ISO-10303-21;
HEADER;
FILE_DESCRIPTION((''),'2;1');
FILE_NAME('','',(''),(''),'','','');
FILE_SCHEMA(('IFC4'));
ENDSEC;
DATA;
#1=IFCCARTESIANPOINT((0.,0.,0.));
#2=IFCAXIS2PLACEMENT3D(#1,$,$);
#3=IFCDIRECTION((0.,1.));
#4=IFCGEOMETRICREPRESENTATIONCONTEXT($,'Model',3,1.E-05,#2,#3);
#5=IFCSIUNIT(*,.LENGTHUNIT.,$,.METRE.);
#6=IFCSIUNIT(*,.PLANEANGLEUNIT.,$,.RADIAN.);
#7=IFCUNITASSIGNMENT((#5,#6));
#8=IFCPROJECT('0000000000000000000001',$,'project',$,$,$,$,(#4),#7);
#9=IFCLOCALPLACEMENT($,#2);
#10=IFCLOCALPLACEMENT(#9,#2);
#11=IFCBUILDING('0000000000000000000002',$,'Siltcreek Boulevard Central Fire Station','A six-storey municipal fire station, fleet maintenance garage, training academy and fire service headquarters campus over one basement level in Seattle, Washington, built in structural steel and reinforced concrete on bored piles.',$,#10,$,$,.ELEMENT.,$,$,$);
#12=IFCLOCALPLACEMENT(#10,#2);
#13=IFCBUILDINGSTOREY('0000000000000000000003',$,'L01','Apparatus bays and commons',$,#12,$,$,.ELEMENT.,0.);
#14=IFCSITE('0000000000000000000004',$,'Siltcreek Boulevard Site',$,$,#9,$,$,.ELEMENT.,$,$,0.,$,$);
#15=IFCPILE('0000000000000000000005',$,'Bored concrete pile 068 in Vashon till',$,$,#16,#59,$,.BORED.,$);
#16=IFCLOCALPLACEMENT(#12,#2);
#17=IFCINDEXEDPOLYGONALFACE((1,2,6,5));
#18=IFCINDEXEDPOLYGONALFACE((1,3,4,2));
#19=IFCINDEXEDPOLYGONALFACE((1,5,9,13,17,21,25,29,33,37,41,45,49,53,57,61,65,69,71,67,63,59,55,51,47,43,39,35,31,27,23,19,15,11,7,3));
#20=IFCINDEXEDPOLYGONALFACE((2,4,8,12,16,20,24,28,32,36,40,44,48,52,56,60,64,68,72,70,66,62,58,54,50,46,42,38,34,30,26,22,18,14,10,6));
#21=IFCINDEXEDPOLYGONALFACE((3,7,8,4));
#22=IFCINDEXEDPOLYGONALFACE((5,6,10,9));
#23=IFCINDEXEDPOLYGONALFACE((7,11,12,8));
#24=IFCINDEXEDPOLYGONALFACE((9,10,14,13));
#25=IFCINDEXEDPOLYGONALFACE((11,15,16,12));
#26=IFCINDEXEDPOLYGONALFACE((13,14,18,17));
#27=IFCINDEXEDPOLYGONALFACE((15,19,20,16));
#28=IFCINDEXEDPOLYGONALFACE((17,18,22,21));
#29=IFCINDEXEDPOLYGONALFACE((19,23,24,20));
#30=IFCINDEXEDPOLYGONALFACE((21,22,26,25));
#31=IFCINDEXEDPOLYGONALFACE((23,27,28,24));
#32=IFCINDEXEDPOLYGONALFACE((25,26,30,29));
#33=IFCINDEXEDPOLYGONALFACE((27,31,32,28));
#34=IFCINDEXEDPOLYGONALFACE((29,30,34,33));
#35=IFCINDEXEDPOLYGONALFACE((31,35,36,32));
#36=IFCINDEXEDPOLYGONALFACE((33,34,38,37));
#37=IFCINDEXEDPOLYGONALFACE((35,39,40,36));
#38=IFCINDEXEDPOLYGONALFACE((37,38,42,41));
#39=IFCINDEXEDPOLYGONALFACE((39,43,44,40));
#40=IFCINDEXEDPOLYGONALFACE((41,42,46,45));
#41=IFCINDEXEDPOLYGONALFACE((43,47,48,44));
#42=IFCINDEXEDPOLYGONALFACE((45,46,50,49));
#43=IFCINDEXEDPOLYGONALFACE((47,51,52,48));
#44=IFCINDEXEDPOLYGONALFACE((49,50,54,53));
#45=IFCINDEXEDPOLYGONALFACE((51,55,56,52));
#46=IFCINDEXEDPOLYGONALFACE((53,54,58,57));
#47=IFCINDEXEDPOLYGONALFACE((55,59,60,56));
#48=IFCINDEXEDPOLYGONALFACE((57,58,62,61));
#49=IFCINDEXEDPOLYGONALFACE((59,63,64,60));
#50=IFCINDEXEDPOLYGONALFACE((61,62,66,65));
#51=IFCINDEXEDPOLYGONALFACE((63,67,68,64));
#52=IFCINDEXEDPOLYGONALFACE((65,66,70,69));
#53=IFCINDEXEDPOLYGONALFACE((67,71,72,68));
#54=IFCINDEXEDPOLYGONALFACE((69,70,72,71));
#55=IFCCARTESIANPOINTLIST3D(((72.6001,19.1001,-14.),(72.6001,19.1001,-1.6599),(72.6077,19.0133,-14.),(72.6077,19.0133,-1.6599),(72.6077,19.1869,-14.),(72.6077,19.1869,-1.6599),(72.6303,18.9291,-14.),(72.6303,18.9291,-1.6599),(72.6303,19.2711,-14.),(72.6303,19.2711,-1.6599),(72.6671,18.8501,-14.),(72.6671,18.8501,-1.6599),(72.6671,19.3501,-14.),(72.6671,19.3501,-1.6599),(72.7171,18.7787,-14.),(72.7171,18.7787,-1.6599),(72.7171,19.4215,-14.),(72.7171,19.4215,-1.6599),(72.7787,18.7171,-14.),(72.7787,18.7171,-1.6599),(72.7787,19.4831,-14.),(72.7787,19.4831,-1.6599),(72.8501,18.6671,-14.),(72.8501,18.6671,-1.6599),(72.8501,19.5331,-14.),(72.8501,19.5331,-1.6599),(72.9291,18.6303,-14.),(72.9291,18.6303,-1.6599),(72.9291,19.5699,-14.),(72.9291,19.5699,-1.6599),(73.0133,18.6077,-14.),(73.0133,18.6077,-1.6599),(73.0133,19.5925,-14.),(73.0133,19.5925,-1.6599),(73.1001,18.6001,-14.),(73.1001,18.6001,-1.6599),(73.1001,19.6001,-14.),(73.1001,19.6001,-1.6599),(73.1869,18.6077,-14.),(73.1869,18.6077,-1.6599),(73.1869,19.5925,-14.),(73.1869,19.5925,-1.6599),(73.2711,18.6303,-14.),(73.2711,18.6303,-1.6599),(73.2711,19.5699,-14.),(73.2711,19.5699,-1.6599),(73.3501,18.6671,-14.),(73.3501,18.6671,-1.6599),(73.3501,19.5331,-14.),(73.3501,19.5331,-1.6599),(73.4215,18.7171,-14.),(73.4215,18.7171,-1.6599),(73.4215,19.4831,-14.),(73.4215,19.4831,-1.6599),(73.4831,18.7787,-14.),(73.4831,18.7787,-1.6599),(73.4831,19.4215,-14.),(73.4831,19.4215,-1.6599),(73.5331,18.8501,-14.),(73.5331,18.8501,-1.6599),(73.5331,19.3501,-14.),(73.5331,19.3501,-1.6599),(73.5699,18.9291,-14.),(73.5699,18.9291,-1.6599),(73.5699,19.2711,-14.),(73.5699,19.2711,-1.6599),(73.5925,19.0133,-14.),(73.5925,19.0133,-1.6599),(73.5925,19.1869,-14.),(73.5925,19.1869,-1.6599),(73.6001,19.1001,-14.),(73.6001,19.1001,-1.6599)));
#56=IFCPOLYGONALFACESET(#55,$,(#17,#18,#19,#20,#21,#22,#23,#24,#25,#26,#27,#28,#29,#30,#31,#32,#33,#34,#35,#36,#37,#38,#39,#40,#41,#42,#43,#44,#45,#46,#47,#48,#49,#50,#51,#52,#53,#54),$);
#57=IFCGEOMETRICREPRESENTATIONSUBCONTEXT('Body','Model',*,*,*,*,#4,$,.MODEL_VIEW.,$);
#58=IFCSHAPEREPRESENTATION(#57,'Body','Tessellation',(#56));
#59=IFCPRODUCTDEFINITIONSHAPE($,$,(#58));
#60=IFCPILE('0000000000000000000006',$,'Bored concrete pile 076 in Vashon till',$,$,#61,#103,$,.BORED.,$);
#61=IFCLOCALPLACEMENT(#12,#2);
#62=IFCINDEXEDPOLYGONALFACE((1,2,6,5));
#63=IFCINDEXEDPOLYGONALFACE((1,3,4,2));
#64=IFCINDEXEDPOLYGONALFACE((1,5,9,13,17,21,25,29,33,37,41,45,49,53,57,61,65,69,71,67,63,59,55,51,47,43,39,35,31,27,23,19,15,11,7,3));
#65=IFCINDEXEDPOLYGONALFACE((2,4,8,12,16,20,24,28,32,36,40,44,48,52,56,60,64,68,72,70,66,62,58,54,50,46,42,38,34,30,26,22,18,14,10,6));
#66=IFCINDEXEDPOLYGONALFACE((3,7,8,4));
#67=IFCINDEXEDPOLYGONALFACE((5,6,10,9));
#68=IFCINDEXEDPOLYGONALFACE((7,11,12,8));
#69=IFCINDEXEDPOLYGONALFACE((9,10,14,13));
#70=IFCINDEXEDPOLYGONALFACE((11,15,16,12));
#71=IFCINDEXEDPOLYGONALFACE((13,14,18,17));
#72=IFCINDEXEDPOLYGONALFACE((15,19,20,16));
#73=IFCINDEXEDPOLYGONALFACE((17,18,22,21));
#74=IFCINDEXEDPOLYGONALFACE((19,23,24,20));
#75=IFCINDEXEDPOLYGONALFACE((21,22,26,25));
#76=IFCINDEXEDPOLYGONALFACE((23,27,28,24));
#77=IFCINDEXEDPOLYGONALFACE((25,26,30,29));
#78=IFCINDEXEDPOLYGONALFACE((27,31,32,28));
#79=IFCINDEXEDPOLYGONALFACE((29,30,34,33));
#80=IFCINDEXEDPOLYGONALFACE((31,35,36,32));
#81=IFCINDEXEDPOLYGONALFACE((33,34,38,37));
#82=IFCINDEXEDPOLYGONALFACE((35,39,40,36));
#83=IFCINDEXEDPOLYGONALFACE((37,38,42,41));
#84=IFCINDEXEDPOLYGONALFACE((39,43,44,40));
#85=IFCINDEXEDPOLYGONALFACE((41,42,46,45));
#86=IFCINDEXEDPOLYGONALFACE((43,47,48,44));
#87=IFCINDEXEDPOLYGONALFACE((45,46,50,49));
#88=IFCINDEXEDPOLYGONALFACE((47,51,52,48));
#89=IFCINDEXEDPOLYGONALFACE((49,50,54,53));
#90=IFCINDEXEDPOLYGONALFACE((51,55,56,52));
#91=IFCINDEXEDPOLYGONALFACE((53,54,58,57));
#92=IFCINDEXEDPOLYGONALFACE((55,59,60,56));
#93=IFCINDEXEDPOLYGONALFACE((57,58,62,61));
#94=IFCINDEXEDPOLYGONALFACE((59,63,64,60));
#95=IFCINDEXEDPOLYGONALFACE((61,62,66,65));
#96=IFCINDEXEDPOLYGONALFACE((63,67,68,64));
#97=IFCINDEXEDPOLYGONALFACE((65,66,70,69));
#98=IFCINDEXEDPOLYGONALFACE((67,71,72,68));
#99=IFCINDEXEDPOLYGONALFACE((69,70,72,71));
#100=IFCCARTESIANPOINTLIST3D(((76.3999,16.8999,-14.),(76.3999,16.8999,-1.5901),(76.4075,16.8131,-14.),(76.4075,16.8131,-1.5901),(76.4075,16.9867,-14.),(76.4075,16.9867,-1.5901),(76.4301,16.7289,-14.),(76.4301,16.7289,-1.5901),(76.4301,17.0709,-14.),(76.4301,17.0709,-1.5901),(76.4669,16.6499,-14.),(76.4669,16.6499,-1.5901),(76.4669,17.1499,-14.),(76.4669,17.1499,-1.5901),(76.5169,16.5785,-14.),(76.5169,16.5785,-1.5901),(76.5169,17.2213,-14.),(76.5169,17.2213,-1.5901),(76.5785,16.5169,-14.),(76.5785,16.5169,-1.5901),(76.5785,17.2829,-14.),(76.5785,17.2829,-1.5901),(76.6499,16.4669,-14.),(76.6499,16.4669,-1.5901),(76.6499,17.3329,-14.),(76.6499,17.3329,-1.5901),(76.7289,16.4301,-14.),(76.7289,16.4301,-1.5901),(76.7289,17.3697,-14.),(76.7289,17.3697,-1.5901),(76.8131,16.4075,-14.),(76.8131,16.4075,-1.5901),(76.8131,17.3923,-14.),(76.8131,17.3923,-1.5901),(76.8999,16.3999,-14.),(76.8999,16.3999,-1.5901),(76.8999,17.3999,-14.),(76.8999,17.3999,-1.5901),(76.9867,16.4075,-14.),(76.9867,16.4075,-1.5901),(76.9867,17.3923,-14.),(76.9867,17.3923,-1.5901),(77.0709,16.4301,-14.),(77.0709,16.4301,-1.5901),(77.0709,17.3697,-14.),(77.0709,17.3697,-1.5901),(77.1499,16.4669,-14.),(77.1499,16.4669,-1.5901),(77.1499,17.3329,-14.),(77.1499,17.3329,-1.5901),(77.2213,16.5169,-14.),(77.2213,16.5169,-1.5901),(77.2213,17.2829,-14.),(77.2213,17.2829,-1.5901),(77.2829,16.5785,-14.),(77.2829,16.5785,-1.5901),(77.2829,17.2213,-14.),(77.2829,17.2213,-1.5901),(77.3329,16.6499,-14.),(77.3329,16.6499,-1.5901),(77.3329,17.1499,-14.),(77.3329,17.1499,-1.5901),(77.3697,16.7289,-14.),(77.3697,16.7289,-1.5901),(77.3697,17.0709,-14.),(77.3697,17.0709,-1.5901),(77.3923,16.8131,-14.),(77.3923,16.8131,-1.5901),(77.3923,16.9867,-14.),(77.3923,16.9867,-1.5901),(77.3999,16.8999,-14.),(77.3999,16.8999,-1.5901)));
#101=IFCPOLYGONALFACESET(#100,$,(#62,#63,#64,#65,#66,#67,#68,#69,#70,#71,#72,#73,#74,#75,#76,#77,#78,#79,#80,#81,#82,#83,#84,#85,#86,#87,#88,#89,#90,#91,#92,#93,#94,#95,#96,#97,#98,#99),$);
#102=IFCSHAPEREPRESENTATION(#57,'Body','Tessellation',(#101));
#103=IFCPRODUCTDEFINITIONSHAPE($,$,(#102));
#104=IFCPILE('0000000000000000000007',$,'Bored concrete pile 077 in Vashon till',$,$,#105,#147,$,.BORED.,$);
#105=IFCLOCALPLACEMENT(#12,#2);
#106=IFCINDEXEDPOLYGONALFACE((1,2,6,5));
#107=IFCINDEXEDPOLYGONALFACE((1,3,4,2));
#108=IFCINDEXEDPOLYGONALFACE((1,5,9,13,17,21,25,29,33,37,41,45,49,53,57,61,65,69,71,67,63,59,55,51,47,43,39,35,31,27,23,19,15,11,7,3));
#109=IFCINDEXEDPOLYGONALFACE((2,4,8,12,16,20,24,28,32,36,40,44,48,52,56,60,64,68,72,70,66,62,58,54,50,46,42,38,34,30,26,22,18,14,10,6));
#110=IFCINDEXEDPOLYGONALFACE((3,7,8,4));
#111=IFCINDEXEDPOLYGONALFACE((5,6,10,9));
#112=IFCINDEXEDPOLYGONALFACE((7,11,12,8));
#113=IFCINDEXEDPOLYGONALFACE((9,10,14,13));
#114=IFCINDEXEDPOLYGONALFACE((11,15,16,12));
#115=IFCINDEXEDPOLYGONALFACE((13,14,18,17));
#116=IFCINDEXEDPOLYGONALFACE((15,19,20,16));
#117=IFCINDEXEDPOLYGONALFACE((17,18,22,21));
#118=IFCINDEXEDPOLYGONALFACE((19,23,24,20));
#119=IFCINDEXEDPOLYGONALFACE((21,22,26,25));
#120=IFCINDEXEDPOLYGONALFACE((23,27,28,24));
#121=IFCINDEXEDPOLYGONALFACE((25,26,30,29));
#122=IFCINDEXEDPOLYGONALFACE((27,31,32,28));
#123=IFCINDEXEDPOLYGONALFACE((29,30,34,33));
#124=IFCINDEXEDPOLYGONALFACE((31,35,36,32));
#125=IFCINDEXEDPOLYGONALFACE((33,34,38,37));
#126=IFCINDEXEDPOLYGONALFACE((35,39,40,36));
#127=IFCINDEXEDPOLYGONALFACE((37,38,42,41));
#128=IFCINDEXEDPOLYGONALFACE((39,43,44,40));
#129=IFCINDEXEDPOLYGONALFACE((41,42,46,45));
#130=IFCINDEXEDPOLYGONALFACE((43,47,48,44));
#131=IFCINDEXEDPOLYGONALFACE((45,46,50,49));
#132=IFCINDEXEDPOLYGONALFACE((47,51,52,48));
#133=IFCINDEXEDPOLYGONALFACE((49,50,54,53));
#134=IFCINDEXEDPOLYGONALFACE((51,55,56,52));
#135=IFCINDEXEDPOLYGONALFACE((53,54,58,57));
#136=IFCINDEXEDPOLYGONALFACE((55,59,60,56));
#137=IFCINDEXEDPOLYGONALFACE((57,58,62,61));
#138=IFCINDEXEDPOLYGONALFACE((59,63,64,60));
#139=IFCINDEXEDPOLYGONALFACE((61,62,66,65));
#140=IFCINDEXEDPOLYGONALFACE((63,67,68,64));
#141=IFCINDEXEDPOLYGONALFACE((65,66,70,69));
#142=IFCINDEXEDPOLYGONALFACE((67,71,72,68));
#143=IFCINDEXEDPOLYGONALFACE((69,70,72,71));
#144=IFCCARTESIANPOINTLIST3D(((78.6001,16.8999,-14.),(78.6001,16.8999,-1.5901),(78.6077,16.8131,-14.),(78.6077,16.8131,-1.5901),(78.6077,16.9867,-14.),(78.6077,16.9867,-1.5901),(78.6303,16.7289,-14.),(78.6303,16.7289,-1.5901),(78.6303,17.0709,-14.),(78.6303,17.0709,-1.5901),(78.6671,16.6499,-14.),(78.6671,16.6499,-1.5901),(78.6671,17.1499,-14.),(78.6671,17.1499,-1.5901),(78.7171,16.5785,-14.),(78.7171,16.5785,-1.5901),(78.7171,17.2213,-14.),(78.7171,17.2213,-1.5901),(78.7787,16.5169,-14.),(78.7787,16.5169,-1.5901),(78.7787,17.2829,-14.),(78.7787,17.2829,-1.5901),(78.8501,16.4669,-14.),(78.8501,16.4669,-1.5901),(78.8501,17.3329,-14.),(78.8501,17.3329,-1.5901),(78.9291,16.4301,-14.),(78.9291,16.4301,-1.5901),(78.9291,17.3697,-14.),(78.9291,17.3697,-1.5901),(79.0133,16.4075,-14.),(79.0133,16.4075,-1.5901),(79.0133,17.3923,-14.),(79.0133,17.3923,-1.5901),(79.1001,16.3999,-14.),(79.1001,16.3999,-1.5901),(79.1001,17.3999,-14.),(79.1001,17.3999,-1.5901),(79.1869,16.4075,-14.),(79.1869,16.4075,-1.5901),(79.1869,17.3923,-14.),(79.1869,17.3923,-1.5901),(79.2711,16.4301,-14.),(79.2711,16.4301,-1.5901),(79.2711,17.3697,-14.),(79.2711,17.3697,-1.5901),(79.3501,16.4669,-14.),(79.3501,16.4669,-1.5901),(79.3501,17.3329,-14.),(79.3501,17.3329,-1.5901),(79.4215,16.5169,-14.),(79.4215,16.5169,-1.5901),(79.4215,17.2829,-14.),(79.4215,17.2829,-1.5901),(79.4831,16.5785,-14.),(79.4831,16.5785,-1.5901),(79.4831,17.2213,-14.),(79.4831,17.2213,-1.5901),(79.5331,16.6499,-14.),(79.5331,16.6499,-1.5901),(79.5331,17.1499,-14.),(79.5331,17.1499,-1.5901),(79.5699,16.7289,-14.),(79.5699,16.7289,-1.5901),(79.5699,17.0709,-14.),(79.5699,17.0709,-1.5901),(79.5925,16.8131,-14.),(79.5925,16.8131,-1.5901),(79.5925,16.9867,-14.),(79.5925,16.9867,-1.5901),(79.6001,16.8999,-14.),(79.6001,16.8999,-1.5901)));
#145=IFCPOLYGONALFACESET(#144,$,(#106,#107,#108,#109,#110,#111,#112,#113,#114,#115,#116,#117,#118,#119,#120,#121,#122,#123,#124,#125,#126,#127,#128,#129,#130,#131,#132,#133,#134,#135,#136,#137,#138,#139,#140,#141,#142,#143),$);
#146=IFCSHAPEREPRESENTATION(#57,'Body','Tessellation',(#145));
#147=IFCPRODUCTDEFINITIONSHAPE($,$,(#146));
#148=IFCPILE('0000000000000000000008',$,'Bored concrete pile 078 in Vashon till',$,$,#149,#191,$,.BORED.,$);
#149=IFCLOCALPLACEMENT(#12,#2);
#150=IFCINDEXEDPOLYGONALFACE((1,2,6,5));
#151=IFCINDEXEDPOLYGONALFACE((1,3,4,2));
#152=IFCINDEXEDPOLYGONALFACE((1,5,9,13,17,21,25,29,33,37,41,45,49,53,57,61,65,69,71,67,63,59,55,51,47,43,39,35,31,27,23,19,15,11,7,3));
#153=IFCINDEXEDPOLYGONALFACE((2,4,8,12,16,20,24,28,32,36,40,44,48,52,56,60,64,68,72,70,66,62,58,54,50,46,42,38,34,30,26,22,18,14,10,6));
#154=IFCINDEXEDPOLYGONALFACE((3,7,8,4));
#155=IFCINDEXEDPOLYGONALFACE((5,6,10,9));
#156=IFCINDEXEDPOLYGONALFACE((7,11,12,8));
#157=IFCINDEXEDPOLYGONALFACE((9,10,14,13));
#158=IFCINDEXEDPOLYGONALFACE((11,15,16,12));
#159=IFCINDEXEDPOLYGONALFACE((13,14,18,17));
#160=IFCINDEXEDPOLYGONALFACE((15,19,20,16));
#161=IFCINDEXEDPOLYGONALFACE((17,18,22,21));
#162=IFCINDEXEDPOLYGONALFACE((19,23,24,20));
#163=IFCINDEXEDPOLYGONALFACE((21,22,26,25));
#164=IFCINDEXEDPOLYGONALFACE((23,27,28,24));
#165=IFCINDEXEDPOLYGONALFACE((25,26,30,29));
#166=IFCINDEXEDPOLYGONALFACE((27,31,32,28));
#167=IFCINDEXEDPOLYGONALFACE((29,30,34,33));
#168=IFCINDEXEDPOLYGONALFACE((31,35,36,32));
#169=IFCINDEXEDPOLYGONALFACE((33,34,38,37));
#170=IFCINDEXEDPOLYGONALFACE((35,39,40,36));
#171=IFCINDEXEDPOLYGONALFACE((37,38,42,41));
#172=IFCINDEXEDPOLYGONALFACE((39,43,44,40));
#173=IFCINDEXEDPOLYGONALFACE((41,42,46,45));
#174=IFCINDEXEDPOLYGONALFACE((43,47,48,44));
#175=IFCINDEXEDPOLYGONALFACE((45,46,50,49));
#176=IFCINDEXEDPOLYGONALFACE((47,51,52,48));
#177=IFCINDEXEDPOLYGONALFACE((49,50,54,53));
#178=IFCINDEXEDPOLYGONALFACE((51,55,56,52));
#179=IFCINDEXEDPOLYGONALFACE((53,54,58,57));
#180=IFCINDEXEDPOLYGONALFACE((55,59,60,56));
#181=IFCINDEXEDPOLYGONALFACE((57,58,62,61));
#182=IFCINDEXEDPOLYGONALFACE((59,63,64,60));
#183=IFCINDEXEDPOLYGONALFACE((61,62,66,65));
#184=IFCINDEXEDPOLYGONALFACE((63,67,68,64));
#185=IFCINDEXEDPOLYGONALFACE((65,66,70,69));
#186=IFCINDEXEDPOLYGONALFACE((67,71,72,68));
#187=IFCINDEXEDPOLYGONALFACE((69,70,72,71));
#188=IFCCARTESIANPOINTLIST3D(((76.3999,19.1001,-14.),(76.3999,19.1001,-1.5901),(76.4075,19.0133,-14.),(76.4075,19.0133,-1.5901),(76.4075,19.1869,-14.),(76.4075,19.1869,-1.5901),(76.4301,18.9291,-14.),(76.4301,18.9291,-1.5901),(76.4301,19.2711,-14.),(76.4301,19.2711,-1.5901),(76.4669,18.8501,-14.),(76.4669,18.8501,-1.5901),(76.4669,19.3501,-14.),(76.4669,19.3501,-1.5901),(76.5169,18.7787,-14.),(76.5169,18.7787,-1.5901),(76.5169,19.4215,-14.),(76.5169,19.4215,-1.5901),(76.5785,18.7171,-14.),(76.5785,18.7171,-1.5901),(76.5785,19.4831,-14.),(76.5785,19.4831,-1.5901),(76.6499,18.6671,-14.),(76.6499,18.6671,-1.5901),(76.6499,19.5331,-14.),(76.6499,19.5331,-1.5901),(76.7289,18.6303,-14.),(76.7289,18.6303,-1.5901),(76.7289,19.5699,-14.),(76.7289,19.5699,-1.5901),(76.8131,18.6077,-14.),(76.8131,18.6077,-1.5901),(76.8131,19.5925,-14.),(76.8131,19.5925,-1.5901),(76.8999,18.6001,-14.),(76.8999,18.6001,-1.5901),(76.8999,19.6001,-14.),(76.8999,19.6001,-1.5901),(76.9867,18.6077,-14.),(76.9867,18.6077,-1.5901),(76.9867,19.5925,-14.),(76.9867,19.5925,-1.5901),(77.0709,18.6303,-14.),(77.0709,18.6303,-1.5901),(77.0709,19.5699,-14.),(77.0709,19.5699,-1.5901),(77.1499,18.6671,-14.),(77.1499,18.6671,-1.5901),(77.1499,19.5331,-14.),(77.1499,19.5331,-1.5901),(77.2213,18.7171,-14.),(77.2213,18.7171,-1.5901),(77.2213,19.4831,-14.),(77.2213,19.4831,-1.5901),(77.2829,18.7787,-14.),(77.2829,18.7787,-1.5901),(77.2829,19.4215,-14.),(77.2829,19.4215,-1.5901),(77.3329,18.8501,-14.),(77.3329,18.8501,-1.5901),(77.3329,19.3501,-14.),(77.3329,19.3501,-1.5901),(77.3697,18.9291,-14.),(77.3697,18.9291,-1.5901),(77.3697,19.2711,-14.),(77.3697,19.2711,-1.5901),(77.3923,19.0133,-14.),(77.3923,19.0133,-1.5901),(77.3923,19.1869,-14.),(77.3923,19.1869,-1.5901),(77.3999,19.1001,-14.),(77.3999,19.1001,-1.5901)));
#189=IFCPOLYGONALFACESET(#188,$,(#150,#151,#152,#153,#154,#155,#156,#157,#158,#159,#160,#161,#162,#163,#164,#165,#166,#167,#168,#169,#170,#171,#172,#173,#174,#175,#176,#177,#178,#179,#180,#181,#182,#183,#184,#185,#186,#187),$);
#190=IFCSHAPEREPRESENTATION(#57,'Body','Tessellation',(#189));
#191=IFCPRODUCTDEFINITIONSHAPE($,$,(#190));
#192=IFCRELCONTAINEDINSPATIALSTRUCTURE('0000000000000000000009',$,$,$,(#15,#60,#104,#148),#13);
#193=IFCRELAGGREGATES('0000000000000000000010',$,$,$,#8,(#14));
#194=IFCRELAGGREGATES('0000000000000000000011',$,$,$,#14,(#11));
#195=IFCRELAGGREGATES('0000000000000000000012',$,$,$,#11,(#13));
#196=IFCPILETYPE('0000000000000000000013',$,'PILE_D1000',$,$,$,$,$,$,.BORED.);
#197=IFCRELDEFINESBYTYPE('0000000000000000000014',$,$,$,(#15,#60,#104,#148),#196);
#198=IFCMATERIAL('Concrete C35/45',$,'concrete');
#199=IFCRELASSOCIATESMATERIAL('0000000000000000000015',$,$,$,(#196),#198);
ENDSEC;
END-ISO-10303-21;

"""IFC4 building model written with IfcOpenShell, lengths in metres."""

from ifc_helpers import new_model, si_unit, direction, frame, origin, origin_2d, place, context, subcontext, project, spatial, circle, extrude, material, material_profile, profile_set, type_object, element, save


model = new_model("IFC4")

# Units and contexts
model_context = context("Model", 3, precision=1e-05, world=origin(), true_north=direction((0.0, 1.0)))
body_context = subcontext(model_context, "Body", "Model", "MODEL_VIEW")
ifc_project = project(units=[si_unit("LENGTHUNIT", "METRE"), si_unit("PLANEANGLEUNIT", "RADIAN")], contexts=[model_context])

# Site, building, storey
site_placement = place(None, origin())
site = spatial("IfcSite", under=ifc_project, at=site_placement, Name="Siltcreek Boulevard Site", CompositionType="ELEMENT", RefElevation=0.0)
building_placement = place(site_placement, origin())
building = spatial("IfcBuilding", under=site, at=building_placement, Name="Siltcreek Boulevard Central Fire Station", Description="A six-storey municipal fire station, fleet maintenance garage, training academy and fire service headquarters campus over one basement level in Seattle, Washington, built in structural steel and reinforced concrete on bored piles.", CompositionType="ELEMENT")
storey_placement = place(building_placement, origin())
storey = spatial("IfcBuildingStorey", under=building, at=storey_placement, Name="L01", Description="Apparatus bays and commons", CompositionType="ELEMENT", Elevation=0.0)

# Shared definitions
ifc_material_1 = material(Name="Concrete C35/45", Category="concrete")

# Piles
ifc_material_profile_1 = material_profile(ifc_material_1, circle(Radius=0.5, at=origin_2d()), Name="SHAFT1000")
ifc_profile_set_1 = profile_set([ifc_material_profile_1], Name="Concrete C35/45")
pile_type = type_object("IfcPileType", Name="PILE_D1000", PredefinedType="BORED", material=ifc_profile_set_1)
for number, where, z_axis, x_axis, name in (
    (1, (73.1001, 19.1001, -1.6599), (0.0, 0.0, -1.0), (1.0, 0.0, 0.0), "Bored concrete pile 068 in Vashon till"),
):
    element("IfcPile", number, at=place(storey_placement, frame(where, z_axis=z_axis, x_axis=x_axis)), inside=storey, type_object=pile_type, Name=name, PredefinedType="BORED", context=body_context, shape_type="SweptSolid", body=[
        extrude(circle(Radius=0.5, at=origin_2d()), origin(), (0.0, 0.0, 1.0), 12.3401),
    ])
for number, where, z_axis, x_axis, name in (
    (2, (76.8999, 16.8999, -1.5901), (0.0, 0.0, -1.0), (1.0, 0.0, 0.0), "Bored concrete pile 076 in Vashon till"),
    (3, (79.1001, 16.8999, -1.5901), (0.0, 0.0, -1.0), (1.0, 0.0, 0.0), "Bored concrete pile 077 in Vashon till"),
    (4, (76.8999, 19.1001, -1.5901), (0.0, 0.0, -1.0), (1.0, 0.0, 0.0), "Bored concrete pile 078 in Vashon till"),
):
    element("IfcPile", number, at=place(storey_placement, frame(where, z_axis=z_axis, x_axis=x_axis)), inside=storey, type_object=pile_type, Name=name, PredefinedType="BORED", context=body_context, shape_type="SweptSolid", body=[
        extrude(circle(Radius=0.5, at=origin_2d()), origin(), (0.0, 0.0, 1.0), 12.4099),
    ])

save(model, "model.ifc")
